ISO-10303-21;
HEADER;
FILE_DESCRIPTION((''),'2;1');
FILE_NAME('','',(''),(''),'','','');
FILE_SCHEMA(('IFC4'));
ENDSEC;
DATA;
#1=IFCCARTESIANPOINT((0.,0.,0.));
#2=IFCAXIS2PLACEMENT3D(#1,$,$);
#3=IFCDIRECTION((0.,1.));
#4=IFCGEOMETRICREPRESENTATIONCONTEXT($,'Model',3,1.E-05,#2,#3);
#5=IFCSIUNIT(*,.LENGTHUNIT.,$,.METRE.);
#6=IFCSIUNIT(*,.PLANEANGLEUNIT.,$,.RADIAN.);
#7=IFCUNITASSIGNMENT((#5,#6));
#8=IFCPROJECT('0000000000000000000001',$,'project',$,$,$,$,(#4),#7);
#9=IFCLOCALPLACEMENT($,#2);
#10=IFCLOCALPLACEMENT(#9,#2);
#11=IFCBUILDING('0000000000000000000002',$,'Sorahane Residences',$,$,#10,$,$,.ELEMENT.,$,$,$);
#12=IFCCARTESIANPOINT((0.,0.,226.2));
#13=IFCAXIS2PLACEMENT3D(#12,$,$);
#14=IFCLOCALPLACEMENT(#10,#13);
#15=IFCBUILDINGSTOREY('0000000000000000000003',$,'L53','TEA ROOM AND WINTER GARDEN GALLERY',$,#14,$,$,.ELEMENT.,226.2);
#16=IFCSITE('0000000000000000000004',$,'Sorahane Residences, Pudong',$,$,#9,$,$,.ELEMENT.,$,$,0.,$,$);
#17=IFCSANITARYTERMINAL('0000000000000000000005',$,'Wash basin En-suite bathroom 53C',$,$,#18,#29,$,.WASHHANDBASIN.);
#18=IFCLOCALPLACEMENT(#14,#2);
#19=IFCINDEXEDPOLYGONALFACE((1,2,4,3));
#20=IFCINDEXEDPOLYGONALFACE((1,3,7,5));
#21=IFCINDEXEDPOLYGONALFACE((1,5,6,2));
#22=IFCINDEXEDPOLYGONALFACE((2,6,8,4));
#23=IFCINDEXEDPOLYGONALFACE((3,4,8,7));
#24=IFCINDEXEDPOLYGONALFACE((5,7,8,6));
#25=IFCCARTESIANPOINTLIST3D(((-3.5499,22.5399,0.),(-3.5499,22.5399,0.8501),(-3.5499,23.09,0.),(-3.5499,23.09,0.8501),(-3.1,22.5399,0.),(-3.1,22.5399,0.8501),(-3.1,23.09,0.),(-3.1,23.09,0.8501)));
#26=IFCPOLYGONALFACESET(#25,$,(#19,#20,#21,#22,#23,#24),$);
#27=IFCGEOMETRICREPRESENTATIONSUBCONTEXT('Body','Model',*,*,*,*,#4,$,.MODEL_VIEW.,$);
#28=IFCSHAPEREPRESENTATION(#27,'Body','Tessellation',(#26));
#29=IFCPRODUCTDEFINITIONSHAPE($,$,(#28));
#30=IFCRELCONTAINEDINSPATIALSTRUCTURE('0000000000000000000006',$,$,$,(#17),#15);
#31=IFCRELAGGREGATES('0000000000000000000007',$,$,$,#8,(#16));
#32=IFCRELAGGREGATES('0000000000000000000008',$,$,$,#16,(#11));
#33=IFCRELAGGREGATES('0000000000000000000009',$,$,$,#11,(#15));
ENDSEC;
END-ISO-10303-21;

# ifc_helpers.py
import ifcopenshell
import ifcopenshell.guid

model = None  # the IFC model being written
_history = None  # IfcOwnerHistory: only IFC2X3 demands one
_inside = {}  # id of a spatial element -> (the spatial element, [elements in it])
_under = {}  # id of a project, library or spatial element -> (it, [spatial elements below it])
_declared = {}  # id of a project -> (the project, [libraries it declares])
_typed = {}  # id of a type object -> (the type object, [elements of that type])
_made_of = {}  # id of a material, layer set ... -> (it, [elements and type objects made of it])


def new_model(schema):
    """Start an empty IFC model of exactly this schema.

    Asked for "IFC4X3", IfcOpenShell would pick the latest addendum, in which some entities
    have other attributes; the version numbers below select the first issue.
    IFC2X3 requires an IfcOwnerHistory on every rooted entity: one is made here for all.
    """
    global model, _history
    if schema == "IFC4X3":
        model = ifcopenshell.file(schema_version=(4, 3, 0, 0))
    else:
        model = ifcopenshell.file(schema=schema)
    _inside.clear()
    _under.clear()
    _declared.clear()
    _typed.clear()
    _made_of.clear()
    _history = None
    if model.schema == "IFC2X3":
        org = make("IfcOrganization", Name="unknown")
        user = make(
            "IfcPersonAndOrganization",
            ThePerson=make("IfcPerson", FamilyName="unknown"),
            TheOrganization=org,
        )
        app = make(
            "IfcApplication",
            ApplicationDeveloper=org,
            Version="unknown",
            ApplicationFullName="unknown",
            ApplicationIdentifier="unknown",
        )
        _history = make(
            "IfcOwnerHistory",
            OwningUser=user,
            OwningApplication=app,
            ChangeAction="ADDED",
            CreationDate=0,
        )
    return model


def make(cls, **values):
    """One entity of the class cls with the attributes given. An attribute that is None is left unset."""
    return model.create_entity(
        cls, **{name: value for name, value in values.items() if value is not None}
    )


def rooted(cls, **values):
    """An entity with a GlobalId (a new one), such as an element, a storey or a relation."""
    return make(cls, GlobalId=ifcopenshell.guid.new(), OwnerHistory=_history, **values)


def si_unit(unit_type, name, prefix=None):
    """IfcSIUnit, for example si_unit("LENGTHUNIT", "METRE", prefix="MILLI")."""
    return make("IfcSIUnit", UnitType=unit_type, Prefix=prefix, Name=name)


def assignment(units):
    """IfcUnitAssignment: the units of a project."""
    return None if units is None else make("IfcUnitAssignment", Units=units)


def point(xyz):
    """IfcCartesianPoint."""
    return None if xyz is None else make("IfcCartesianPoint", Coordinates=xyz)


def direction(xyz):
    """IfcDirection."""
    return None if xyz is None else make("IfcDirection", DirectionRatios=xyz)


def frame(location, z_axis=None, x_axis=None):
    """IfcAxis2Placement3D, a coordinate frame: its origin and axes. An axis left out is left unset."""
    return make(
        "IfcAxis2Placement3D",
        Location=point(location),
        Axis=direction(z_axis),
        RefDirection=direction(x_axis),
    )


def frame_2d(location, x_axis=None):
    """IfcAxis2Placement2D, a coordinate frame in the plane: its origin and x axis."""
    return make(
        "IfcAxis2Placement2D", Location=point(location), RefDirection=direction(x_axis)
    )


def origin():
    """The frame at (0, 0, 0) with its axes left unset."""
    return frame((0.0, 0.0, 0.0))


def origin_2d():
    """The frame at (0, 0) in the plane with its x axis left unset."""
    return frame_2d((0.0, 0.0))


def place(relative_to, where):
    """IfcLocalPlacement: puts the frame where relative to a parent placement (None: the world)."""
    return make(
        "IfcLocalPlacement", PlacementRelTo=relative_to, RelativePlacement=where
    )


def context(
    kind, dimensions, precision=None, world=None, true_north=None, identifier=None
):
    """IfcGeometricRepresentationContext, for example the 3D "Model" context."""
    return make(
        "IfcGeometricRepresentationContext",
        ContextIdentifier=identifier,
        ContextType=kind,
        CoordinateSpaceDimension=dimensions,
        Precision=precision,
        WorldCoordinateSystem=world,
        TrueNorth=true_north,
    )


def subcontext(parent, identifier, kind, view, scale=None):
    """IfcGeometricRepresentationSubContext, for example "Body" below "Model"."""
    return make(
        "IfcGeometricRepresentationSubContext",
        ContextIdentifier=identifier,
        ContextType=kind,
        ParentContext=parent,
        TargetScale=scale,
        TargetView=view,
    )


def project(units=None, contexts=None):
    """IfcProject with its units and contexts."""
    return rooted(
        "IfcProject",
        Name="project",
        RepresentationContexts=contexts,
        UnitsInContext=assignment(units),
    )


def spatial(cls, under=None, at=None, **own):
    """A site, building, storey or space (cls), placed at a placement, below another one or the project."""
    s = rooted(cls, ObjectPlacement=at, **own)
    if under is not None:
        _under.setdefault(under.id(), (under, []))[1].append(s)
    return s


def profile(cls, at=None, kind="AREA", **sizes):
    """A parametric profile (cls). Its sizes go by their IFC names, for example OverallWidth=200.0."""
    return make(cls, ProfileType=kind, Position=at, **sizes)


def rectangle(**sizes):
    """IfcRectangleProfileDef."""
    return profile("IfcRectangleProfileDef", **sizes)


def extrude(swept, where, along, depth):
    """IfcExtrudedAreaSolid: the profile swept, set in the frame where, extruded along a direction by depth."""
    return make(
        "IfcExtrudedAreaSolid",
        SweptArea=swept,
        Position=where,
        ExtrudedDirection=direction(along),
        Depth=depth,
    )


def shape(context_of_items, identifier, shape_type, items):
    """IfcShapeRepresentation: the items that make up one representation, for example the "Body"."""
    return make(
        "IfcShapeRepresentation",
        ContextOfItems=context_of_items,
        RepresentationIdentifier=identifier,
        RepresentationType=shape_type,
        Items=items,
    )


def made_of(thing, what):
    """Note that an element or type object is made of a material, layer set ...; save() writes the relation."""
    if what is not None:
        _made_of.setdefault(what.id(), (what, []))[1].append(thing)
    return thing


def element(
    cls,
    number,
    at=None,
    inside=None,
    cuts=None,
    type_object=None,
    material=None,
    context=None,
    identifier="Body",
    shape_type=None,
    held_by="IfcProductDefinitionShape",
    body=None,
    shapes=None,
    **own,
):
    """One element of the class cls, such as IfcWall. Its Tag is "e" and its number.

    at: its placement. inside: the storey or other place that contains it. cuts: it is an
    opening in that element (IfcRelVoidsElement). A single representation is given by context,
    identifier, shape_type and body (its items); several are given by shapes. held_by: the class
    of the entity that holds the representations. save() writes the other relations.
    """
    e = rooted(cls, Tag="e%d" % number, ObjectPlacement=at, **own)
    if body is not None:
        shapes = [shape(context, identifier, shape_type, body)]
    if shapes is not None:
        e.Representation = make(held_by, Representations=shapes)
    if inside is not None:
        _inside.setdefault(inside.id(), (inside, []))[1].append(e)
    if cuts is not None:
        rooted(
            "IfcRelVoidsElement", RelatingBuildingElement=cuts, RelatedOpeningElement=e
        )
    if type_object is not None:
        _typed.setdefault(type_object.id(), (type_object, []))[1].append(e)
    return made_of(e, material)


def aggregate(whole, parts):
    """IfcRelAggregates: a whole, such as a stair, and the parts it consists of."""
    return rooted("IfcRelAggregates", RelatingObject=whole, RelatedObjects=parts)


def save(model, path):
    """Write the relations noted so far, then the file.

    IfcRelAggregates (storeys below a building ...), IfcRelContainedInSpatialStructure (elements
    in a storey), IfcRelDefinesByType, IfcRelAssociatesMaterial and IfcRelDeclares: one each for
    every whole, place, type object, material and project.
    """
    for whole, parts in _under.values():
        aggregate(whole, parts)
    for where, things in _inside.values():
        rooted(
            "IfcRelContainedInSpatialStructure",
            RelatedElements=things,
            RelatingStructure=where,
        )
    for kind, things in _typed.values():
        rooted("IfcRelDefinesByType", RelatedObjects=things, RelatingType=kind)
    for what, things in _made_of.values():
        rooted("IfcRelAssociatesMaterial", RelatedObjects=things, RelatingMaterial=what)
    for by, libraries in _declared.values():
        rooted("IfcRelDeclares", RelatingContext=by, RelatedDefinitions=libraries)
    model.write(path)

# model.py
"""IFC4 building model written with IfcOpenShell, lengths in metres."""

from ifc_helpers import new_model, si_unit, direction, frame, origin, origin_2d, place, context, subcontext, project, spatial, rectangle, extrude, element, save


model = new_model("IFC4")

# Units and contexts
model_context = context("Model", 3, precision=1e-05, world=origin(), true_north=direction((0.0, 1.0)))
body_context = subcontext(model_context, "Body", "Model", "MODEL_VIEW")
ifc_project = project(units=[si_unit("LENGTHUNIT", "METRE"), si_unit("PLANEANGLEUNIT", "RADIAN")], contexts=[model_context])

# Site, building, storey
site_placement = place(None, origin())
site = spatial("IfcSite", under=ifc_project, at=site_placement, Name="Sorahane Residences, Pudong", CompositionType="ELEMENT", RefElevation=0.0)
building_placement = place(site_placement, origin())
building = spatial("IfcBuilding", under=site, at=building_placement, Name="Sorahane Residences", CompositionType="ELEMENT")
storey_placement = place(building_placement, frame((0.0, 0.0, 226.2)))
storey = spatial("IfcBuildingStorey", under=building, at=storey_placement, Name="L53", Description="TEA ROOM AND WINTER GARDEN GALLERY", CompositionType="ELEMENT", Elevation=226.2)

# Sanitary terminal
sanitary_terminal_1_placement = place(storey_placement, frame((-3.325, 22.8149, 0.0), z_axis=(0.0, 0.0, 1.0), x_axis=(0.0, -1.0, 0.0)))
element("IfcSanitaryTerminal", 1, at=sanitary_terminal_1_placement, inside=storey, Name="Wash basin En-suite bathroom 53C", PredefinedType="WASHHANDBASIN", context=body_context, shape_type="SweptSolid", body=[
    extrude(rectangle(XDim=0.55, YDim=0.45, at=origin_2d()), origin(), (0.0, 0.0, 1.0), 0.8501),
])

save(model, "model.ifc")
